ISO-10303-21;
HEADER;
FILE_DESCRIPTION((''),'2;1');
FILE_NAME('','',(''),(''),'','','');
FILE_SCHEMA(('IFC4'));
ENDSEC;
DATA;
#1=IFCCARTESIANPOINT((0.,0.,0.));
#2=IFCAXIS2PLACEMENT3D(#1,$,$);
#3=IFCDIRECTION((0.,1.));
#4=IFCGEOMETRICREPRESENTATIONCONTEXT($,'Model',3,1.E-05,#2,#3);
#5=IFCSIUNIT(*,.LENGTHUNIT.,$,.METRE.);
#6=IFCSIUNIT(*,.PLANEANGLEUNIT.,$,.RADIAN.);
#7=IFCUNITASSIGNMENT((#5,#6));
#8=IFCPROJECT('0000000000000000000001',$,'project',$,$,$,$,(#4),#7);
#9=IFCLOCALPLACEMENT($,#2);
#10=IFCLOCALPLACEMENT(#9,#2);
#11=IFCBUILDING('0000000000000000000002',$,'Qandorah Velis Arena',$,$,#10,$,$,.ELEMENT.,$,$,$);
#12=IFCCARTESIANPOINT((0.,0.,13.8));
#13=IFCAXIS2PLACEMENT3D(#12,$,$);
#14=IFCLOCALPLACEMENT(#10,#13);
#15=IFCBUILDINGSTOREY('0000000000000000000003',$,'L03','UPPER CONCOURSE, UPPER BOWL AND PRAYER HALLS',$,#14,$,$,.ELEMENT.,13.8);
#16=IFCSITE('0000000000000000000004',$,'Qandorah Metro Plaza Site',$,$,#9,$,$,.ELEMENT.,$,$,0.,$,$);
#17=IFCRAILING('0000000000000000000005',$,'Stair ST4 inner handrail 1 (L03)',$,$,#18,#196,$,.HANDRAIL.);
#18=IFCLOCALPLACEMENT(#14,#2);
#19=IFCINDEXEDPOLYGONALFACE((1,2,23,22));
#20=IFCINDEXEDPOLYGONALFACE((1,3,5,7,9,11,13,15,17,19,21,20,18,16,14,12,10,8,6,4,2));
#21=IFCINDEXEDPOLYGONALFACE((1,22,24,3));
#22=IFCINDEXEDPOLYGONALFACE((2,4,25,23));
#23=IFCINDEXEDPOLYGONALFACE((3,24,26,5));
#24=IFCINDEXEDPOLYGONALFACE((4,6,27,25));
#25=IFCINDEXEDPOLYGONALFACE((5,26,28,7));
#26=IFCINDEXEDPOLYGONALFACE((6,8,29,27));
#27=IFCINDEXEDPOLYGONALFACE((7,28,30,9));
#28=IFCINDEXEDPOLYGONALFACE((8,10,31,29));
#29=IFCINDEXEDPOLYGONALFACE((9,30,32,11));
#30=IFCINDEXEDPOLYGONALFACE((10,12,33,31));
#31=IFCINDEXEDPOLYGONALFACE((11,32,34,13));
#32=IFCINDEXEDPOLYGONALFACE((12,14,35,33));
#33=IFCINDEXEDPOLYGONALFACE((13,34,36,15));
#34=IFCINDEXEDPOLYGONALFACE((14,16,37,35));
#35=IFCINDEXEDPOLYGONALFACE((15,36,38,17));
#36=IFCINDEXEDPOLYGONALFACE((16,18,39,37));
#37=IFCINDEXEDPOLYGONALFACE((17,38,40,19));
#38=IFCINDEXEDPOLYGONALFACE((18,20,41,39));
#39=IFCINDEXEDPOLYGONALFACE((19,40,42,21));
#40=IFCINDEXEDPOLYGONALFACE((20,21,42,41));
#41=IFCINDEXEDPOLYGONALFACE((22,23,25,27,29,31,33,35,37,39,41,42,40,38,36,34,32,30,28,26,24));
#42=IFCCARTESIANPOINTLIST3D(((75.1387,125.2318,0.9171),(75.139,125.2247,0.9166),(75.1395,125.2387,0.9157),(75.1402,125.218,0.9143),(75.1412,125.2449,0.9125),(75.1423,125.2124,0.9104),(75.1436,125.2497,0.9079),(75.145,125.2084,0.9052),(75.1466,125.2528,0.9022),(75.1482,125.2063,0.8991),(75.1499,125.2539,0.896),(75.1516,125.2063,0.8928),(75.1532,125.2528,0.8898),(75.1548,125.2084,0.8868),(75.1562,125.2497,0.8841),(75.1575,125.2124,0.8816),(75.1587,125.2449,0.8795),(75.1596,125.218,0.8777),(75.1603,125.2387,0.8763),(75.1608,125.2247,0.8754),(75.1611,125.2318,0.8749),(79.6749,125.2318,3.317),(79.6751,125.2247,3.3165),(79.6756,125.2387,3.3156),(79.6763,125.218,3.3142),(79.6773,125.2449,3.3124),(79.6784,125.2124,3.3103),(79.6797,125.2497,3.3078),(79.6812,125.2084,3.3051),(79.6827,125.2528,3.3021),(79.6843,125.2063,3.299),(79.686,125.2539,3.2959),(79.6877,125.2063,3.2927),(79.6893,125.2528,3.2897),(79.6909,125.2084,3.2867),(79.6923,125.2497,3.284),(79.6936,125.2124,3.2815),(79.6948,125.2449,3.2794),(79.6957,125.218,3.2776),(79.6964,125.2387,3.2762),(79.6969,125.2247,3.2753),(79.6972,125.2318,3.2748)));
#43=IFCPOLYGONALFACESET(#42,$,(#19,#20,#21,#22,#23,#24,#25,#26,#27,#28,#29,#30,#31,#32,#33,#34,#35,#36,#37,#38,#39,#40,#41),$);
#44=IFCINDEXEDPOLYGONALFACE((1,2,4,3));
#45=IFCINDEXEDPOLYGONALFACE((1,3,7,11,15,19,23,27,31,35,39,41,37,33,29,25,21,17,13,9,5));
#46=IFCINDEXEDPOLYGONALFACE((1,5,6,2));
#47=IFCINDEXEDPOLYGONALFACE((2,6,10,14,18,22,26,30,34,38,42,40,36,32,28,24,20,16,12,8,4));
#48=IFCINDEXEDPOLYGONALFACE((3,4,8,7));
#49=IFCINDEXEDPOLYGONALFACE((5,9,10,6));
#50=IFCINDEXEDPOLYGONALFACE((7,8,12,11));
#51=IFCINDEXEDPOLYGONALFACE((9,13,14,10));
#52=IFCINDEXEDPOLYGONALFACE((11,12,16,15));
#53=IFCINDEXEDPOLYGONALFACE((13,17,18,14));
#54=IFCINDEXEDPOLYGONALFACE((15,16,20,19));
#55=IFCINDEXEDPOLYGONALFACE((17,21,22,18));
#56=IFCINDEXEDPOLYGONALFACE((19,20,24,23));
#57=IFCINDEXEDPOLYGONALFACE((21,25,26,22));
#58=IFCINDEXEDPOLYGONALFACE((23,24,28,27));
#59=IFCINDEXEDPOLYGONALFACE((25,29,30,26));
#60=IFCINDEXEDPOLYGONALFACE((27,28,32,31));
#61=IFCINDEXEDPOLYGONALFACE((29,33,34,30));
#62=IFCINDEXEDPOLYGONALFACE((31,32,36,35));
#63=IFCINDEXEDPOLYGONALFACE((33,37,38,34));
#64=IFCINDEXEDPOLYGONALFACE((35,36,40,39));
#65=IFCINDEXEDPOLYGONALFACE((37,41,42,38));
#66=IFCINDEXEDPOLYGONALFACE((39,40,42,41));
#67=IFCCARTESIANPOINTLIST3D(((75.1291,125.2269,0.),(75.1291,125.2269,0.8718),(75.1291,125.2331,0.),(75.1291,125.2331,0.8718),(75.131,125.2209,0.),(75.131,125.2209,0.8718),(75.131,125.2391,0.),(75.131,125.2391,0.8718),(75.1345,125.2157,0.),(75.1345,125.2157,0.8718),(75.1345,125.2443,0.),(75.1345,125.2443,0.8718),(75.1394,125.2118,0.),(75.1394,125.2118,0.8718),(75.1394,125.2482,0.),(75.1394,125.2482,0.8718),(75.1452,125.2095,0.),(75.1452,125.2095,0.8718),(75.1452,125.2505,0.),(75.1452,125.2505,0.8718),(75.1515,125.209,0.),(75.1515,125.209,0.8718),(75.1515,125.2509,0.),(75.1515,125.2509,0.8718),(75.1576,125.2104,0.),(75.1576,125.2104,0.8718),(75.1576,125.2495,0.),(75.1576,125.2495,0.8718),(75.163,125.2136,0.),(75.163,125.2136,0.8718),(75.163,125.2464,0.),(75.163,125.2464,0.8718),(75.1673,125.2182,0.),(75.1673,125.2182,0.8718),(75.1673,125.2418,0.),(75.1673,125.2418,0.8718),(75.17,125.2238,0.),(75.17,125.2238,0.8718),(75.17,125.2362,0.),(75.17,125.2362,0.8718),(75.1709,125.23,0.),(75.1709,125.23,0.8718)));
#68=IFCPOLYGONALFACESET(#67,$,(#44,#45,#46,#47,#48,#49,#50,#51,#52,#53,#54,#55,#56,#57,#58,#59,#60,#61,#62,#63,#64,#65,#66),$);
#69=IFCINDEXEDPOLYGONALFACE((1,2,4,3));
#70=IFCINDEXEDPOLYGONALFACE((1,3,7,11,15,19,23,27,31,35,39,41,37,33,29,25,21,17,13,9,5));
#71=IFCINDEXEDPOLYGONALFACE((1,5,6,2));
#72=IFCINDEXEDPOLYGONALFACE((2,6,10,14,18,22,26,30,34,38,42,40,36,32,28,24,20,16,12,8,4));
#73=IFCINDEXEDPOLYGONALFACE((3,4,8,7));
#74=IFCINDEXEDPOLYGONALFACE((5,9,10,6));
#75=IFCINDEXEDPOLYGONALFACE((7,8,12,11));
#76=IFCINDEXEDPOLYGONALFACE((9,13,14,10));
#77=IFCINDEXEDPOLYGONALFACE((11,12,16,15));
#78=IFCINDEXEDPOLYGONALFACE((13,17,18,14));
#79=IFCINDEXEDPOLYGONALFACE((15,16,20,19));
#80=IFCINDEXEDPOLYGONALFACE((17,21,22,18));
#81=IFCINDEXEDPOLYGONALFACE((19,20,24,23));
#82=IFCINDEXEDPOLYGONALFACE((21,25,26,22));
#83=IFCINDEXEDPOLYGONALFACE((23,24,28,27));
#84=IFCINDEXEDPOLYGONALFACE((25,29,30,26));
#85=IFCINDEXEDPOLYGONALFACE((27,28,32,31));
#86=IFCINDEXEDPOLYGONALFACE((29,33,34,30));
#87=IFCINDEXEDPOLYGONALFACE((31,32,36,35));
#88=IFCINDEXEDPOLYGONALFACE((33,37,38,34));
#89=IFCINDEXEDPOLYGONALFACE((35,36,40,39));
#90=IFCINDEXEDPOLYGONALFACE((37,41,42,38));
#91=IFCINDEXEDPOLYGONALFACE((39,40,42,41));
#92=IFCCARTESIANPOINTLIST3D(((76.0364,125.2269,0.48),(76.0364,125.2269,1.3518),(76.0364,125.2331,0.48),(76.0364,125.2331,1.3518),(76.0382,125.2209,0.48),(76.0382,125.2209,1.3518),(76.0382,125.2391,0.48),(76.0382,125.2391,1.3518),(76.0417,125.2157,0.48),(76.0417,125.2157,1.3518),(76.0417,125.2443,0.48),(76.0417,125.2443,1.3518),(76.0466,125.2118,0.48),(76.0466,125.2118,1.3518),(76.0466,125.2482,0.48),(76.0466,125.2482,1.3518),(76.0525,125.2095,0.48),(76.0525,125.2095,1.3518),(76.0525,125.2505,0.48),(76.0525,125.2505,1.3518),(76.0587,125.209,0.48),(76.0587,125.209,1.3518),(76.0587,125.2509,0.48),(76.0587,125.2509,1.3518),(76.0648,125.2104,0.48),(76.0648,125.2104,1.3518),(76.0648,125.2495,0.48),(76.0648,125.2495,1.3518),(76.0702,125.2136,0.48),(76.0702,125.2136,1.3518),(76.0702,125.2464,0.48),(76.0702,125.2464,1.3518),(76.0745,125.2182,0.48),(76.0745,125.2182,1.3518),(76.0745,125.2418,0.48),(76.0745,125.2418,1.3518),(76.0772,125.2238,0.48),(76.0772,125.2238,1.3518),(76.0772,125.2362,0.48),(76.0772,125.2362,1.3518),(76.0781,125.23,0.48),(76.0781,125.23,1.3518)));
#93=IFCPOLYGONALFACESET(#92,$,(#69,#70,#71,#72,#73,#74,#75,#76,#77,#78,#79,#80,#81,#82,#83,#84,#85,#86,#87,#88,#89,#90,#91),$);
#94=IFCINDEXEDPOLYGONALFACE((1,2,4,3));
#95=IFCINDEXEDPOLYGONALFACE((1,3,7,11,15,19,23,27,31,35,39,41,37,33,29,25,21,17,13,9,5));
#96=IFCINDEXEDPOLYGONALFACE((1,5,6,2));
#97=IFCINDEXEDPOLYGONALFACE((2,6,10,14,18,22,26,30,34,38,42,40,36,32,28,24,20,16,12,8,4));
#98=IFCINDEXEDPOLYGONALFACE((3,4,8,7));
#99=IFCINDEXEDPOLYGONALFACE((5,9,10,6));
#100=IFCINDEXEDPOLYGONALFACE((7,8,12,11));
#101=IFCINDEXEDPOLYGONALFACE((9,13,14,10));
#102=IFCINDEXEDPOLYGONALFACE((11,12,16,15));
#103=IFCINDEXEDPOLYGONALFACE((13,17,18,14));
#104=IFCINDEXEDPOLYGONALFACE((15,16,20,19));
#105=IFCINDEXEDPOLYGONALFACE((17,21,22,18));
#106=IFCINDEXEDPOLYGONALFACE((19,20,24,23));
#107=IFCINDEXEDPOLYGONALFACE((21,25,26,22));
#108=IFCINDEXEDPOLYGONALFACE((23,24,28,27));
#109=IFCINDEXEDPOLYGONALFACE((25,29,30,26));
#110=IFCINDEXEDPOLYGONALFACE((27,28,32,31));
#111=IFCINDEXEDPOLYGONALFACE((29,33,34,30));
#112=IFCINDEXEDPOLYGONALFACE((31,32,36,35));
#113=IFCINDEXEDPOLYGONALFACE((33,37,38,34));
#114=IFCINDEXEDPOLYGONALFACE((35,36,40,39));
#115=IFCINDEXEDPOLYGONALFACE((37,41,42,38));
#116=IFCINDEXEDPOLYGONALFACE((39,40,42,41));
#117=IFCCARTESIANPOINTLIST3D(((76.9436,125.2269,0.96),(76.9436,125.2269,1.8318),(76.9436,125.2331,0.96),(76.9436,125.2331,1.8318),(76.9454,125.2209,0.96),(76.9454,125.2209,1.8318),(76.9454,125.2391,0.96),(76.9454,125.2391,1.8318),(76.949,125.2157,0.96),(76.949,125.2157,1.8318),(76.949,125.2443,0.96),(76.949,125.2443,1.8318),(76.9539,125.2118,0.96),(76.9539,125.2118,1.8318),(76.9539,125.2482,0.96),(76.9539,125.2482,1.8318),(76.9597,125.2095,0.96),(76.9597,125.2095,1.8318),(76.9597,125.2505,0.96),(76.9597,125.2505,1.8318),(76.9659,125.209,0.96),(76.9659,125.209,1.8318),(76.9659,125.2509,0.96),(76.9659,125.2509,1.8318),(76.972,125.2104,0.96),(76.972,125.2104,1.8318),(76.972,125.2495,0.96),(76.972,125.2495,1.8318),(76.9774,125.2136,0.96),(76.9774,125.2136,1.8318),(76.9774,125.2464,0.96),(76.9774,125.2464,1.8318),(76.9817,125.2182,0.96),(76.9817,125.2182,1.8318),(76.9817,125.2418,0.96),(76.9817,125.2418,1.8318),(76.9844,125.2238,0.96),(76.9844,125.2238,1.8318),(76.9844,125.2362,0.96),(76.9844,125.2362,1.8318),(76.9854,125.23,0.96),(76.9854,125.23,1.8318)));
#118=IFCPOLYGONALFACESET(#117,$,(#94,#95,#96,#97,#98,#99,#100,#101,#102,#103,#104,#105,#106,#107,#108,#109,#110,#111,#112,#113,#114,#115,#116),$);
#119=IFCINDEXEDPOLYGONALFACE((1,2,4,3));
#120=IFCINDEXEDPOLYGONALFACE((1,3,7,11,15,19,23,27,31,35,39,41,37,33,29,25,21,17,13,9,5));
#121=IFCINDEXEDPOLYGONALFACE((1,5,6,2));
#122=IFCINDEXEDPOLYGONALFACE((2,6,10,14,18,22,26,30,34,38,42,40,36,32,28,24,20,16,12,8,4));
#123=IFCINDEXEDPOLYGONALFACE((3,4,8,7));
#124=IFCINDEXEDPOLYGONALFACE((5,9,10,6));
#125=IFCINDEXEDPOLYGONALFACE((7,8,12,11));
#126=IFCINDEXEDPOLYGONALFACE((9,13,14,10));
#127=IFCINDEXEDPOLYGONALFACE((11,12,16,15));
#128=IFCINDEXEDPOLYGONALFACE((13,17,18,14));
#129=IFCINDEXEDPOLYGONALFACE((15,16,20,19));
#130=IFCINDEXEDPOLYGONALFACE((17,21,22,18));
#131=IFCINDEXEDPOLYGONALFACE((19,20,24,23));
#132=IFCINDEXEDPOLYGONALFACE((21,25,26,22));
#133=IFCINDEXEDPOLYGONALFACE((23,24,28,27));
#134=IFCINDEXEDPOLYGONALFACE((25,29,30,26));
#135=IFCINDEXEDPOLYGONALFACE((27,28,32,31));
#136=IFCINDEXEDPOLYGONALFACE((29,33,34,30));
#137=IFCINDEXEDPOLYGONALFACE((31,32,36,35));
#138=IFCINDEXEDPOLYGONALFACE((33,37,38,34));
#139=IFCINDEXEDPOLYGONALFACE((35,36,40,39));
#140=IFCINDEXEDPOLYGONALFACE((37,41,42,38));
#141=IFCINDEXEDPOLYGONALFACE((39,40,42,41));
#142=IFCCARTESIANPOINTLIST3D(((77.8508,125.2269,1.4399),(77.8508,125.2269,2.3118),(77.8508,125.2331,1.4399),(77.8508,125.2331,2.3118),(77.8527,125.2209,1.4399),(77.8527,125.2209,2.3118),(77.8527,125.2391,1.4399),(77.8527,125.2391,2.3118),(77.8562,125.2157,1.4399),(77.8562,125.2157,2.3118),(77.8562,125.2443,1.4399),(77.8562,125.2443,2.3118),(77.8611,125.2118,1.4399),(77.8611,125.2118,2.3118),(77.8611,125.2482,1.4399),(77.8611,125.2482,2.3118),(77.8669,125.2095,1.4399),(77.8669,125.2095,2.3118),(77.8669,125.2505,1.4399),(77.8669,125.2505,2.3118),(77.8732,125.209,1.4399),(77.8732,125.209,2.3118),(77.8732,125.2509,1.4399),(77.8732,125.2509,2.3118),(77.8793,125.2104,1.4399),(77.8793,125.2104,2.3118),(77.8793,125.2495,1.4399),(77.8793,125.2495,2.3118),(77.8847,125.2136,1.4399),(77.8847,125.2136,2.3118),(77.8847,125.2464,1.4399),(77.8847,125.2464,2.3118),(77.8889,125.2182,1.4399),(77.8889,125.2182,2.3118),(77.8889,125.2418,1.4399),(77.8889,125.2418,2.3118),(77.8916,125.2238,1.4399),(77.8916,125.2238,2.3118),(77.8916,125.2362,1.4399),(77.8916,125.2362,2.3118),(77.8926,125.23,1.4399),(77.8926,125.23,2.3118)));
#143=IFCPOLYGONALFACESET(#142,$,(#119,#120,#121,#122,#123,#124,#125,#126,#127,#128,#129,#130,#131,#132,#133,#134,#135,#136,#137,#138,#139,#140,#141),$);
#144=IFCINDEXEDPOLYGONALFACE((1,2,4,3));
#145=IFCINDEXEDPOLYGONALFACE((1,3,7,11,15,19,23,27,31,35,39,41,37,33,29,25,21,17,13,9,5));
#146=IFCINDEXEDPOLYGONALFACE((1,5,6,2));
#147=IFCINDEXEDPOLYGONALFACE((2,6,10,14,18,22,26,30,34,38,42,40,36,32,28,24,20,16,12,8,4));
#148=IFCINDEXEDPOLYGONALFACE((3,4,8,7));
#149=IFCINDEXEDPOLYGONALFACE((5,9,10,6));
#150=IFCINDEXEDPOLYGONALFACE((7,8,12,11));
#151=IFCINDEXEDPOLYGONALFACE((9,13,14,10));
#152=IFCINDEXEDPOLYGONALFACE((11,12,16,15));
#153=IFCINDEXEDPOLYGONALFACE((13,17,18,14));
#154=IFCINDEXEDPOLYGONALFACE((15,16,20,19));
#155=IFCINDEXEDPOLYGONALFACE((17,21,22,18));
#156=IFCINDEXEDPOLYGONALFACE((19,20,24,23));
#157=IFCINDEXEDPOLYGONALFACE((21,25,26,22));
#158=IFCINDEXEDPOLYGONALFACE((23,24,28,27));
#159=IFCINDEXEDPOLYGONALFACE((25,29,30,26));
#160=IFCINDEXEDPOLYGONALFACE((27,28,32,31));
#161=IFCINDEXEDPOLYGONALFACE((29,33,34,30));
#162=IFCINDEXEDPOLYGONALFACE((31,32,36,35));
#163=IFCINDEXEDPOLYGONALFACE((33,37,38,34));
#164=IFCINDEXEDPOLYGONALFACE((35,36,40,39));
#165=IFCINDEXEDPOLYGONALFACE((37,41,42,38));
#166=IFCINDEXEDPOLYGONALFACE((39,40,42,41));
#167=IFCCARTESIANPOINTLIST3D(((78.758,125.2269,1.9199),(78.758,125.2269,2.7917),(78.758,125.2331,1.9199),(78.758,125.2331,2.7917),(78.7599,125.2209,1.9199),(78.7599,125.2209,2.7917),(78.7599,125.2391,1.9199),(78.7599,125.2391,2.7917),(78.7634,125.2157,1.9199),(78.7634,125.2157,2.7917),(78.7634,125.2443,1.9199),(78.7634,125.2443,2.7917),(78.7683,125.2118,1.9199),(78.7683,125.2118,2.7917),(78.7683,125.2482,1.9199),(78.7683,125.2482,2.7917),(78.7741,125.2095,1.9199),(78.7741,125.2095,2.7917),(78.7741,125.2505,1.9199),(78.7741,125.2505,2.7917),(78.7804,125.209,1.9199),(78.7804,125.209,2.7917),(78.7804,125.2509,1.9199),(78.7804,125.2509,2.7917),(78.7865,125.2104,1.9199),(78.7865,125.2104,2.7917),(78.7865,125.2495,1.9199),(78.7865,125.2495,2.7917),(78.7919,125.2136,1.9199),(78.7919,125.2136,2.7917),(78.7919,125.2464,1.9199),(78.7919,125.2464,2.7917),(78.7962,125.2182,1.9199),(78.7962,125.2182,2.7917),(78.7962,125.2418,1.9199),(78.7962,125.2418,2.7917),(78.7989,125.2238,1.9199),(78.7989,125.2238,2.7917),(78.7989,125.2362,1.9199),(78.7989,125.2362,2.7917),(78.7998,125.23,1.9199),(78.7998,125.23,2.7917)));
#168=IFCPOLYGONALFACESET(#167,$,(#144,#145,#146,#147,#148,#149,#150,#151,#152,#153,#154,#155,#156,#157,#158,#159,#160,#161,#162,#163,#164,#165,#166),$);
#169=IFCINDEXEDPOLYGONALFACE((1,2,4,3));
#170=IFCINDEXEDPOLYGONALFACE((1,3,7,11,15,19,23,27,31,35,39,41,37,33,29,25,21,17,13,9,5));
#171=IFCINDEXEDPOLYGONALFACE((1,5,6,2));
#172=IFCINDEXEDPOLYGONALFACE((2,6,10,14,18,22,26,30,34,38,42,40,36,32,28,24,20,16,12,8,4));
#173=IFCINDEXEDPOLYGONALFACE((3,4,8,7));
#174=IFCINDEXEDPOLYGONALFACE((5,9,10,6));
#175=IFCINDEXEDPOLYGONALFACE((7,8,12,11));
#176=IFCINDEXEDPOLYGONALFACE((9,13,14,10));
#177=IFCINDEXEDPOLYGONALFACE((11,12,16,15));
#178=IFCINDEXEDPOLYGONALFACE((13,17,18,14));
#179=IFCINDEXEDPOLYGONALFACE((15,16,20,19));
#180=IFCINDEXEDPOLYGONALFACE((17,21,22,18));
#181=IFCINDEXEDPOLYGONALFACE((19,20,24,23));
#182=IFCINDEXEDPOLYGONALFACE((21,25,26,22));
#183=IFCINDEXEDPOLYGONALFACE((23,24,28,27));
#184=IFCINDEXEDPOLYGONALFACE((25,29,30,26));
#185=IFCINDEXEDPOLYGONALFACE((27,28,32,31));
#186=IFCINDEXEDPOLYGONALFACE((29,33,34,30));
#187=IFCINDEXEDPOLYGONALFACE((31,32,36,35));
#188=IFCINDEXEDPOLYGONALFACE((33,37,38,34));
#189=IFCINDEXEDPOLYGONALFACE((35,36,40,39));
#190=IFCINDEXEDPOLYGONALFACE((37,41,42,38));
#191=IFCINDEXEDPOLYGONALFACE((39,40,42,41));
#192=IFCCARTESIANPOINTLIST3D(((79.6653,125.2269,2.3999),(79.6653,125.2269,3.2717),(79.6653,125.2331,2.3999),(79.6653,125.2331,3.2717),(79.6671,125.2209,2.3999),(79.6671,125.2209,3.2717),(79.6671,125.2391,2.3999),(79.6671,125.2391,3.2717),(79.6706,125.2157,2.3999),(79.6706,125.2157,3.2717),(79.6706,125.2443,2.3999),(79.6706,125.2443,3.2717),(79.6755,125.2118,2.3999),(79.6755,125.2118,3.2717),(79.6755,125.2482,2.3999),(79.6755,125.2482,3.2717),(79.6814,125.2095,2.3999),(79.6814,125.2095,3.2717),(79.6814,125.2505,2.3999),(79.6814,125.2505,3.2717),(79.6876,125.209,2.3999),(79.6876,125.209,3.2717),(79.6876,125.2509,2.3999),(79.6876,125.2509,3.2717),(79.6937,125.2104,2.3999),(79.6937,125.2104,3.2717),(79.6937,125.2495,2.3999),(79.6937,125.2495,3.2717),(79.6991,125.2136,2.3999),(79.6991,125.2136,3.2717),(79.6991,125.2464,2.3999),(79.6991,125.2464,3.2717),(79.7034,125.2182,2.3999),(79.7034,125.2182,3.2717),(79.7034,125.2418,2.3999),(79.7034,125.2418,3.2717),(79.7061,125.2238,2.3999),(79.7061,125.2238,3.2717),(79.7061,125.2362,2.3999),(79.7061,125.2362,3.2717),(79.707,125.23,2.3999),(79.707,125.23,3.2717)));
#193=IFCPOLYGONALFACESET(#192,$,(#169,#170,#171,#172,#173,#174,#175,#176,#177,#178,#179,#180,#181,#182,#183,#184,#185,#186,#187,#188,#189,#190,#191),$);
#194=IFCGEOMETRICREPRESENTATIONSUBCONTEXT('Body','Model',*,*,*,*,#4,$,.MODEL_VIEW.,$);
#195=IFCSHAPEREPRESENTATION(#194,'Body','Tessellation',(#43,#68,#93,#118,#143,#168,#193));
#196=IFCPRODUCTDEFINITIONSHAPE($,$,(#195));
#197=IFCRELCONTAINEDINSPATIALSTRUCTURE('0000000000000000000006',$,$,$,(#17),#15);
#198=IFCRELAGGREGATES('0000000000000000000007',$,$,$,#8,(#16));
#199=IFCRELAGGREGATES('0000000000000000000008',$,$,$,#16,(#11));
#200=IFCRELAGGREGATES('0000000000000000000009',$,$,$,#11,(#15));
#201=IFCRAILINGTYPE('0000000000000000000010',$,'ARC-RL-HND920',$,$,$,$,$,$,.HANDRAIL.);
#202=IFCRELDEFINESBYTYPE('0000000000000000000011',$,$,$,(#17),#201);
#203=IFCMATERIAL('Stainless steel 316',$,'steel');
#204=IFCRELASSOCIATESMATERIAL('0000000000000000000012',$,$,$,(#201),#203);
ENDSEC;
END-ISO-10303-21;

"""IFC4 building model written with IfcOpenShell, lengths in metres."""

from ifc_helpers import new_model, si_unit, direction, frame, origin, origin_2d, place, context, subcontext, project, spatial, circle, extrude, material, type_object, element, save


model = new_model("IFC4")

# Units and contexts
model_context = context("Model", 3, precision=1e-05, world=origin(), true_north=direction((0.0, 1.0)))
body_context = subcontext(model_context, "Body", "Model", "MODEL_VIEW")
ifc_project = project(units=[si_unit("LENGTHUNIT", "METRE"), si_unit("PLANEANGLEUNIT", "RADIAN")], contexts=[model_context])

# Site, building, storey
site_placement = place(None, origin())
site = spatial("IfcSite", under=ifc_project, at=site_placement, Name="Qandorah Metro Plaza Site", CompositionType="ELEMENT", RefElevation=0.0)
building_placement = place(site_placement, origin())
building = spatial("IfcBuilding", under=site, at=building_placement, Name="Qandorah Velis Arena", CompositionType="ELEMENT")
storey_placement = place(building_placement, frame((0.0, 0.0, 13.8)))
storey = spatial("IfcBuildingStorey", under=building, at=storey_placement, Name="L03", Description="UPPER CONCOURSE, UPPER BOWL AND PRAYER HALLS", CompositionType="ELEMENT", Elevation=13.8)

# Railing
ifc_material_1 = material(Name="Stainless steel 316", Category="steel")
railing_type_1 = type_object("IfcRailingType", Name="ARC-RL-HND920", PredefinedType="HANDRAIL", material=ifc_material_1)
railing_1_placement = place(storey_placement, frame((75.1499, 125.23, 0.0)))
element("IfcRailing", 1, at=railing_1_placement, inside=storey, type_object=railing_type_1, Name="Stair ST4 inner handrail 1 (L03)", PredefinedType="HANDRAIL", context=body_context, shape_type="SweptSolid", body=[
    extrude(circle(Radius=0.0239, at=origin_2d()), frame((0.0, 0.0, 0.896), z_axis=(0.883915, 0.0, 0.467647), x_axis=(0.0, 1.0, 0.0)), (0.0, 0.0, 1.0), 5.1318),
    extrude(circle(Radius=0.021, at=origin_2d()), origin(), (0.0, 0.0, 1.0), 0.8718),
    extrude(circle(Radius=0.021, at=origin_2d()), frame((0.9072, 0.0, 0.48)), (0.0, 0.0, 1.0), 0.8718),
    extrude(circle(Radius=0.021, at=origin_2d()), frame((1.8145, 0.0, 0.96)), (0.0, 0.0, 1.0), 0.8718),
    extrude(circle(Radius=0.021, at=origin_2d()), frame((2.7217, 0.0, 1.4399)), (0.0, 0.0, 1.0), 0.8718),
    extrude(circle(Radius=0.021, at=origin_2d()), frame((3.6289, 0.0, 1.9199)), (0.0, 0.0, 1.0), 0.8718),
    extrude(circle(Radius=0.021, at=origin_2d()), frame((4.5361, 0.0, 2.3999)), (0.0, 0.0, 1.0), 0.8718),
])

save(model, "model.ifc")
